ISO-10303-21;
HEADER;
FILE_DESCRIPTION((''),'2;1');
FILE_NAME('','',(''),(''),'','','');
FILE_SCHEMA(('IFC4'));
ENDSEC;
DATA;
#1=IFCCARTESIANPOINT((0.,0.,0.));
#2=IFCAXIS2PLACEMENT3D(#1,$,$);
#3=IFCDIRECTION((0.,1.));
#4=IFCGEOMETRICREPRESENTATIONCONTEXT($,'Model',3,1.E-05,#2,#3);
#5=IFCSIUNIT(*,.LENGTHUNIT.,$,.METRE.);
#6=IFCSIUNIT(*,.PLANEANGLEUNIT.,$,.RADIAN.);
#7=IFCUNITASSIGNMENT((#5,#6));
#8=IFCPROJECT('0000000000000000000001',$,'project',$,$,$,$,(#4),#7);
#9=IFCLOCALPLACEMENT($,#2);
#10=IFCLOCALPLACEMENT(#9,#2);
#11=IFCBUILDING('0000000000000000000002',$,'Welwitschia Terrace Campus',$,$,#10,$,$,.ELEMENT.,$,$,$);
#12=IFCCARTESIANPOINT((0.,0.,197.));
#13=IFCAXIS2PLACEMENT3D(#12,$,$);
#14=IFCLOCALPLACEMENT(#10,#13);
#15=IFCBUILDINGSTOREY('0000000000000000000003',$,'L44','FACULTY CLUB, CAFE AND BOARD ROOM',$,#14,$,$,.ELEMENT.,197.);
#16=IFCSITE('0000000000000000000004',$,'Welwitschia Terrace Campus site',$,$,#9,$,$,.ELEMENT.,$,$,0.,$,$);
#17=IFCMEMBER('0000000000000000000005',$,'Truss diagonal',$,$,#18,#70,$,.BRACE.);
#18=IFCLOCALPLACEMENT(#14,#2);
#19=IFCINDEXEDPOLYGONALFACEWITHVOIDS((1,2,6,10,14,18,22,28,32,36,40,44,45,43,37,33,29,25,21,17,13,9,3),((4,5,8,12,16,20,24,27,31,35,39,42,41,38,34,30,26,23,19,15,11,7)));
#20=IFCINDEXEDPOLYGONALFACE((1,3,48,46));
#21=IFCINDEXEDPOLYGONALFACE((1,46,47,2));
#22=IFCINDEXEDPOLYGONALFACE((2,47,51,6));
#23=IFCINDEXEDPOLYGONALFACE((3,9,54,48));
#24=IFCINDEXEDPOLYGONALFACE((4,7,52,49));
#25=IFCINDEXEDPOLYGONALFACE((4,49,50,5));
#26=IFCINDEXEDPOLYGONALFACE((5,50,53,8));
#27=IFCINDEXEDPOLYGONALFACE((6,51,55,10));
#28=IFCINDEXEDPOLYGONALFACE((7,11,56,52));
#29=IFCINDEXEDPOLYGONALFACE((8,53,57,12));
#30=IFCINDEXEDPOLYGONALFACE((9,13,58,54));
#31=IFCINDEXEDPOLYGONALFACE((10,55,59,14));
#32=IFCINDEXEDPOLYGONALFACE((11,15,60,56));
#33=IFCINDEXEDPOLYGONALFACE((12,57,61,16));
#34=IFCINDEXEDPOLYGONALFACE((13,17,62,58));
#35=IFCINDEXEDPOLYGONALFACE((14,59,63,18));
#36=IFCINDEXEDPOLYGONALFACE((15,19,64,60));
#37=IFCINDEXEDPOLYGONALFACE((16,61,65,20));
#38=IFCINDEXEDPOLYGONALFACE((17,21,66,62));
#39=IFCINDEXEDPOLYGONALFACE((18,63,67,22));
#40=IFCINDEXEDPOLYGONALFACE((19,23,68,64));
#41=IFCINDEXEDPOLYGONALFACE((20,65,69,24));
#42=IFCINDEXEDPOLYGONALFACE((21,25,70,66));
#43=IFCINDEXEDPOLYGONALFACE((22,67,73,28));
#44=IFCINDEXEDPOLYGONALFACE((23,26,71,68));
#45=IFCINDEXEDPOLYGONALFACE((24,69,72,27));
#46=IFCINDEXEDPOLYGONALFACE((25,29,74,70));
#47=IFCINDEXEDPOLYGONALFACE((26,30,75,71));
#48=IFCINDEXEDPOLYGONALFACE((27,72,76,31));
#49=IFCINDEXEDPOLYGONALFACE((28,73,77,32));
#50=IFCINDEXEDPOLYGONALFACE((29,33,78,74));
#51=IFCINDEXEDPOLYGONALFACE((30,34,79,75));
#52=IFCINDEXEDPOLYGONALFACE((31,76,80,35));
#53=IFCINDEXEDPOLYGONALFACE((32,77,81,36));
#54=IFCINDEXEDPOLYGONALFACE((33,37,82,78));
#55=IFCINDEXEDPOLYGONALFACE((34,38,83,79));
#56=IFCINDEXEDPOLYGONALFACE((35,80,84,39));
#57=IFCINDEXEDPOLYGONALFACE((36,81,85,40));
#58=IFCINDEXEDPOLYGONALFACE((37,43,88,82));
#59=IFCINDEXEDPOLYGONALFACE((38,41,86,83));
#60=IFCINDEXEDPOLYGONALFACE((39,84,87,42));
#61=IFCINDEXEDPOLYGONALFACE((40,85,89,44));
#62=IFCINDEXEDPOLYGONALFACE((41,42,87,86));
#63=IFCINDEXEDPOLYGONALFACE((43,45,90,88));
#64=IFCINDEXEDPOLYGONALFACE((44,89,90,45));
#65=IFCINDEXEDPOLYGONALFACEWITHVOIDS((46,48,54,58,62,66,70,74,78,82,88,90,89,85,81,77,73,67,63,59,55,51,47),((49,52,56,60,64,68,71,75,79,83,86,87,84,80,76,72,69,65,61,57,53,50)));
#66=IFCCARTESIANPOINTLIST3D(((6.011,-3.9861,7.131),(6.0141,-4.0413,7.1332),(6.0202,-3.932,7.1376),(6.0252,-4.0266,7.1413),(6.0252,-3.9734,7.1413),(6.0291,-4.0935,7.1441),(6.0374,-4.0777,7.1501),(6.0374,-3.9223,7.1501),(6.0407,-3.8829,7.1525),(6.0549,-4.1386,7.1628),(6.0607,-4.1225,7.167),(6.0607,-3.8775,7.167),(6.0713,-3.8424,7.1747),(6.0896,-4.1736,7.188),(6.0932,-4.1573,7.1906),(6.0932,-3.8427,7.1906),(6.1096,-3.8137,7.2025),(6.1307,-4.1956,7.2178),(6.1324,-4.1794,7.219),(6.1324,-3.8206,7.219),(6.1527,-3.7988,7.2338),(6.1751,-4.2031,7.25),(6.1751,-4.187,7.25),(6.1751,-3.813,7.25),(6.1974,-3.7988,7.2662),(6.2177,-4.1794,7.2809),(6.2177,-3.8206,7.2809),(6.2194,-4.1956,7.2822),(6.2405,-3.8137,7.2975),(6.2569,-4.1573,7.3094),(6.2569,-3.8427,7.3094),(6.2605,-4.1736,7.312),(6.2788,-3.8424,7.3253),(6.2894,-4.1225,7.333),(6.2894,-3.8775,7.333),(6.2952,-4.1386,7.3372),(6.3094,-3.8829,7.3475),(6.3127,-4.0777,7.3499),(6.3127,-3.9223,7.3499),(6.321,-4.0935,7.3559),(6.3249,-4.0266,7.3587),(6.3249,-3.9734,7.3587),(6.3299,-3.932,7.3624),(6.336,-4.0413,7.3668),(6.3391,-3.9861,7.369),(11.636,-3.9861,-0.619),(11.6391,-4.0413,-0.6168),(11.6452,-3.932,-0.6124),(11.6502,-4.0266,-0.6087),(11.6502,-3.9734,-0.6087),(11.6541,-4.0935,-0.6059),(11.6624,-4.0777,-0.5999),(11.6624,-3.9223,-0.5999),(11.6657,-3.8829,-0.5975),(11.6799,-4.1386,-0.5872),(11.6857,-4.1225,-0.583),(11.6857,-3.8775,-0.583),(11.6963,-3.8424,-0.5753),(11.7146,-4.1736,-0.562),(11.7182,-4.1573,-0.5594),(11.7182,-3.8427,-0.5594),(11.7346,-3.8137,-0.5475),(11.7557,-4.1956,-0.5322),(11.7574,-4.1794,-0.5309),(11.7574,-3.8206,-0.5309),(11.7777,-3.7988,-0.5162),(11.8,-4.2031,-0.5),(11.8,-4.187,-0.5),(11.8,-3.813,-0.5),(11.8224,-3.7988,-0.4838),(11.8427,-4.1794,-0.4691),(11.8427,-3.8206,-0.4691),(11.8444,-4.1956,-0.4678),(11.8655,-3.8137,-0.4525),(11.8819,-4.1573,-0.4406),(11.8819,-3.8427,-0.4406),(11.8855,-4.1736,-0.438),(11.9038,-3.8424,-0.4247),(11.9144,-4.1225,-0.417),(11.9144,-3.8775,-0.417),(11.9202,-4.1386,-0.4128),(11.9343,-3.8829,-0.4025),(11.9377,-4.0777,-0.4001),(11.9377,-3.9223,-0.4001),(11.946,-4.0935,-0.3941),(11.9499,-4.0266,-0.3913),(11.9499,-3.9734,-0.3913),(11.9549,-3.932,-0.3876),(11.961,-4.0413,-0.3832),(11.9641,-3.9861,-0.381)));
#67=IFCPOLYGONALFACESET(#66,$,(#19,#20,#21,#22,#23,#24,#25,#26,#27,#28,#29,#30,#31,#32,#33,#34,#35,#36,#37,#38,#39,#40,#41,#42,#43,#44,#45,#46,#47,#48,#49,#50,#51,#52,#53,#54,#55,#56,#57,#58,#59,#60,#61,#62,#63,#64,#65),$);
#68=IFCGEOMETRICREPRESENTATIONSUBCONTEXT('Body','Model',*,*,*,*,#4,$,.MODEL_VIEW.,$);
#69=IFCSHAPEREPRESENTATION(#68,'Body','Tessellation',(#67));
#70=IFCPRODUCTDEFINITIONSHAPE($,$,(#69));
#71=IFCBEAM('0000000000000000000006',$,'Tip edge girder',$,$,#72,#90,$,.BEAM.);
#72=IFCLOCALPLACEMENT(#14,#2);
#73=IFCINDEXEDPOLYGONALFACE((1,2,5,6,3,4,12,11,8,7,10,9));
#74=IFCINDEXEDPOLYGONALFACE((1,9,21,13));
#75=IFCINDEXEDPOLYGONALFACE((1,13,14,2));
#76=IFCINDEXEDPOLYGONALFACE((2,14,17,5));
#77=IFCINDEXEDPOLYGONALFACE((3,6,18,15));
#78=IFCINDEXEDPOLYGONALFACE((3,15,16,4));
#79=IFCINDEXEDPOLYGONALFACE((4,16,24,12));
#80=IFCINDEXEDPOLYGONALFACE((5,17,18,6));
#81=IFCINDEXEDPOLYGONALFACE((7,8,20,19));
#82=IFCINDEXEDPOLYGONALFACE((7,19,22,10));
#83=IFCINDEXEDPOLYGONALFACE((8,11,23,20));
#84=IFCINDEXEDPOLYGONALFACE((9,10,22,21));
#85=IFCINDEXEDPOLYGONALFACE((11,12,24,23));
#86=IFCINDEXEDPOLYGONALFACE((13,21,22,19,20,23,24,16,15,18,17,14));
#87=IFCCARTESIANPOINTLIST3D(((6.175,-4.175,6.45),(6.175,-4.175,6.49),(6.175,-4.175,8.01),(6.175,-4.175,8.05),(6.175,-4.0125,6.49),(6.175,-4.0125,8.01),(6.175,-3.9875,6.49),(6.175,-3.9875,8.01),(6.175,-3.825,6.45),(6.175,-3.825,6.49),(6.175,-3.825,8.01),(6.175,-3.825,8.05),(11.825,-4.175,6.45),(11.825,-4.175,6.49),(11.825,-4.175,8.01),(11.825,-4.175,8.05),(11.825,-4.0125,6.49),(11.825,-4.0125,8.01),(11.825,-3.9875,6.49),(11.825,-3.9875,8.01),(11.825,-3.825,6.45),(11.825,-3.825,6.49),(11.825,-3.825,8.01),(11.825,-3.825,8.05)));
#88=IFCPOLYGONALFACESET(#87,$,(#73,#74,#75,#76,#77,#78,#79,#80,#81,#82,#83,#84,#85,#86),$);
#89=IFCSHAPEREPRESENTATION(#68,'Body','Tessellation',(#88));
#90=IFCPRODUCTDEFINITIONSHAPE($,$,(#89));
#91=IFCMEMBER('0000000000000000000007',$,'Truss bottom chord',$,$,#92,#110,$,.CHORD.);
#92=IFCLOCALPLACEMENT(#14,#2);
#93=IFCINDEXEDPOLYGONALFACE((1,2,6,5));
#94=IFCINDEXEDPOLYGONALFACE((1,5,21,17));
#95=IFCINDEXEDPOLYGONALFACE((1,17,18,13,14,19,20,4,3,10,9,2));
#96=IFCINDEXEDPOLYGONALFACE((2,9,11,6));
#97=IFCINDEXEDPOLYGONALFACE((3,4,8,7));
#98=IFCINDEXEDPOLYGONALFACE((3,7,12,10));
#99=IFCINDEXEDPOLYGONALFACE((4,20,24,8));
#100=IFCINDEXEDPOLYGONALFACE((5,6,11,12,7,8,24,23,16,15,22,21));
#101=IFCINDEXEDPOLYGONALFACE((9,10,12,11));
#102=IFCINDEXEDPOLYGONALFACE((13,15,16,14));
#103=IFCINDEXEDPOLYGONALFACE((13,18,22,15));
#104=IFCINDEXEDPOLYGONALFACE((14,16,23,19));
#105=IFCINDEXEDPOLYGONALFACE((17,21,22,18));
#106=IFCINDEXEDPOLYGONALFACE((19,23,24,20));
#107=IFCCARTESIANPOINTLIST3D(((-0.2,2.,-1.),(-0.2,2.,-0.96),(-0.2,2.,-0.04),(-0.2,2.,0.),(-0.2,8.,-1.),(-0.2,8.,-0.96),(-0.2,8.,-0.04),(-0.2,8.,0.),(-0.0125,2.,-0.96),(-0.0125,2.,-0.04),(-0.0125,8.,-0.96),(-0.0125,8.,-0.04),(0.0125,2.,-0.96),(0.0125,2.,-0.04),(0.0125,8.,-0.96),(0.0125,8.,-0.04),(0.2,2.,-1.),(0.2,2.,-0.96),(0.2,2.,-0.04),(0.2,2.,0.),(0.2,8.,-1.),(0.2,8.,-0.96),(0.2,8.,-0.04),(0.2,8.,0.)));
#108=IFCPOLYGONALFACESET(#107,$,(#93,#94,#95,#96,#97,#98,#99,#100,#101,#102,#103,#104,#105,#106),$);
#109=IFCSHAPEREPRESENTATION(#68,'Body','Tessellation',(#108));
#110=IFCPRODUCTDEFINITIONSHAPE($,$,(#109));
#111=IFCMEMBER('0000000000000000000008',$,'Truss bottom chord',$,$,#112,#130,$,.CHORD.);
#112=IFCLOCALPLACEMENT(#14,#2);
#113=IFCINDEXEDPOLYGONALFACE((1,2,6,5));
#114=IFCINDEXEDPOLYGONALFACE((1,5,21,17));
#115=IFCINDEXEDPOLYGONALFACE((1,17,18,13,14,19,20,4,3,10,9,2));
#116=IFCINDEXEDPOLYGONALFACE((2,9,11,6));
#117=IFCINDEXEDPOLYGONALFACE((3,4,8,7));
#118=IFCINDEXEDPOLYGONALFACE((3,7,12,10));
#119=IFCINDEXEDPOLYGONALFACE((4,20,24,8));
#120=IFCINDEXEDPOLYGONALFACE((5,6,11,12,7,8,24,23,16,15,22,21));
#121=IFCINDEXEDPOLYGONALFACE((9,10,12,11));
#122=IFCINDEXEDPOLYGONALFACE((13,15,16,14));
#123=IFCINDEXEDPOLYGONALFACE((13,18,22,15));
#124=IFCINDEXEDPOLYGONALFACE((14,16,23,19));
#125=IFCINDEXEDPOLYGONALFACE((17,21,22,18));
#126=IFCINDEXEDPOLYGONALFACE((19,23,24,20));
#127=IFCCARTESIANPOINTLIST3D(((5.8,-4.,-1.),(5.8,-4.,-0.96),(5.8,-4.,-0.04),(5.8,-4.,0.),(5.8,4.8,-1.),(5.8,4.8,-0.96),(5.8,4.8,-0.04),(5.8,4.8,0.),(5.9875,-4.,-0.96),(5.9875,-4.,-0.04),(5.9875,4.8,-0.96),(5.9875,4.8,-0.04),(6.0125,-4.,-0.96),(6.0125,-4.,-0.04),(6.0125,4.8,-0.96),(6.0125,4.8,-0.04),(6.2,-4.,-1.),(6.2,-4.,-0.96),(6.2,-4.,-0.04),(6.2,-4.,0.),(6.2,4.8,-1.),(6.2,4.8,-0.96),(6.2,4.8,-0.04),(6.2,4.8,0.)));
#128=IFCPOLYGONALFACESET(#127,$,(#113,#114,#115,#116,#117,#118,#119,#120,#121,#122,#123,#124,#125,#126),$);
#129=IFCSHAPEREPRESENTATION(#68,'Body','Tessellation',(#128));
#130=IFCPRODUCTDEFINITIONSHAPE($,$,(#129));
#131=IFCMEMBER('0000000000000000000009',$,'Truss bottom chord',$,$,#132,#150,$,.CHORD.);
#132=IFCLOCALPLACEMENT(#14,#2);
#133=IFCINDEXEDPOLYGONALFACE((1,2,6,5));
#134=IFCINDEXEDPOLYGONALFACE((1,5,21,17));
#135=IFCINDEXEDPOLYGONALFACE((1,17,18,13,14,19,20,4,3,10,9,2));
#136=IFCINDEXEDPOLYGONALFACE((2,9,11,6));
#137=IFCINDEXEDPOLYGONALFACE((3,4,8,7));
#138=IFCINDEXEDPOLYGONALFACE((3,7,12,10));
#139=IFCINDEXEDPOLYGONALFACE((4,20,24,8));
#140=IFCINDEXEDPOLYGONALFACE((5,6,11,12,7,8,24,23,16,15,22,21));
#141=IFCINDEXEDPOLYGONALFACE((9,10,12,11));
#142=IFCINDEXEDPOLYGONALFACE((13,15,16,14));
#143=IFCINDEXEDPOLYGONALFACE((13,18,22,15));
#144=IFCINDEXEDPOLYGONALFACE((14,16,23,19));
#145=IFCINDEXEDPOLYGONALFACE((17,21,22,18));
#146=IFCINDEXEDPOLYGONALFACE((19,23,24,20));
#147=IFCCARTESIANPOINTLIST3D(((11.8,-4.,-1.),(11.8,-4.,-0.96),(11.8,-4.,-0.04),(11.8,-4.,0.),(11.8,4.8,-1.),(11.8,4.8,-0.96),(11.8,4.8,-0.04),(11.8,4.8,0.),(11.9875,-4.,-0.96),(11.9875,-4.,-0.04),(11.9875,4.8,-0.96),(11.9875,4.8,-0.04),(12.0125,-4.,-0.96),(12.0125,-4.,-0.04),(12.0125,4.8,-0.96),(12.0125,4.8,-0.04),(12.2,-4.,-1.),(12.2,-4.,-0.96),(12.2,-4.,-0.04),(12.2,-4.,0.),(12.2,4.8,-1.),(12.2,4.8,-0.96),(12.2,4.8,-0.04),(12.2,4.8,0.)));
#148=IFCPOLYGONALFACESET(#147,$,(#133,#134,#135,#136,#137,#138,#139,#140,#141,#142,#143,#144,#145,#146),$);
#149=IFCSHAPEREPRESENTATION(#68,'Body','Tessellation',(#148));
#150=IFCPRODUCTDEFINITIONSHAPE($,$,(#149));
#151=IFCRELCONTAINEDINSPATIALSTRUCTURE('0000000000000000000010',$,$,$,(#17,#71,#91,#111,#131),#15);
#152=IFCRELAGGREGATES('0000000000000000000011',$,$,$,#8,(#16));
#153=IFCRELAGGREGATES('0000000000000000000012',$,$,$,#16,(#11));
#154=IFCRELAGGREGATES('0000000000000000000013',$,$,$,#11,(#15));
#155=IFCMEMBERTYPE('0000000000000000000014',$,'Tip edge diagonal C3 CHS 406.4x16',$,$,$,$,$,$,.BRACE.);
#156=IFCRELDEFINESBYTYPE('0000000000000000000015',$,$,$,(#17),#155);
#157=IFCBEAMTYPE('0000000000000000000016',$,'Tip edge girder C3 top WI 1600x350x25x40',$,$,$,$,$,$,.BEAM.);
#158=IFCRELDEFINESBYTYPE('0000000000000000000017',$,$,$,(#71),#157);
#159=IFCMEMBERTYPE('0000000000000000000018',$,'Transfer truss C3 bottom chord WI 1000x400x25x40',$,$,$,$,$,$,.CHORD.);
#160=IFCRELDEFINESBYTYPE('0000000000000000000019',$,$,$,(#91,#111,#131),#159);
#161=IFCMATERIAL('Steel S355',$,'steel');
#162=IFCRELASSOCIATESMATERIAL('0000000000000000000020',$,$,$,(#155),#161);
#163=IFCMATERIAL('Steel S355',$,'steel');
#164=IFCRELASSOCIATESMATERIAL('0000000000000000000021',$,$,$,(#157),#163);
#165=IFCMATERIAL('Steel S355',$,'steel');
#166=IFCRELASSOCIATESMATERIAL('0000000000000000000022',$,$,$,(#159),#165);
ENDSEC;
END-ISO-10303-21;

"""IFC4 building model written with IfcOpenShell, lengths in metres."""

from ifc_helpers import new_model, si_unit, direction, frame, origin, origin_2d, place, context, subcontext, project, spatial, hollow_circle, i_section, extrude, material, material_profile, profile_set, type_object, element, save


model = new_model("IFC4")

# Units and contexts
model_context = context("Model", 3, precision=1e-05, world=origin(), true_north=direction((0.0, 1.0)))
body_context = subcontext(model_context, "Body", "Model", "MODEL_VIEW")
ifc_project = project(units=[si_unit("LENGTHUNIT", "METRE"), si_unit("PLANEANGLEUNIT", "RADIAN")], contexts=[model_context])

# Site, building, storey
site_placement = place(None, origin())
site = spatial("IfcSite", under=ifc_project, at=site_placement, Name="Welwitschia Terrace Campus site", CompositionType="ELEMENT", RefElevation=0.0)
building_placement = place(site_placement, origin())
building = spatial("IfcBuilding", under=site, at=building_placement, Name="Welwitschia Terrace Campus", CompositionType="ELEMENT")
storey_placement = place(building_placement, frame((0.0, 0.0, 197.0)))
storey = spatial("IfcBuildingStorey", under=building, at=storey_placement, Name="L44", Description="FACULTY CLUB, CAFE AND BOARD ROOM", CompositionType="ELEMENT", Elevation=197.0)

# Member
ifc_material_1 = material(Name="Steel S355", Category="steel")
ifc_material_profile_1 = material_profile(ifc_material_1, hollow_circle(Radius=0.2031, WallThickness=0.0161, at=origin_2d()))
ifc_profile_set_1 = profile_set([ifc_material_profile_1], Name="Steel S355")
member_type_1 = type_object("IfcMemberType", Name="Tip edge diagonal C3 CHS 406.4x16", PredefinedType="BRACE", material=ifc_profile_set_1)
member_1_placement = place(storey_placement, frame((11.8, -4.0, -0.5), z_axis=(-0.587395, 0.0, 0.8093), x_axis=(0.0, -1.0, 0.0)))
element("IfcMember", 1, at=member_1_placement, inside=storey, type_object=member_type_1, Name="Truss diagonal", PredefinedType="BRACE", context=body_context, shape_type="SweptSolid", body=[
    extrude(hollow_circle(Radius=0.2031, WallThickness=0.0161, at=origin_2d()), origin(), (0.0, 0.0, 1.0), 9.5762),
])

# Beam
ifc_material_2 = material(Name="Steel S355", Category="steel")
ifc_material_profile_2 = material_profile(ifc_material_2, i_section(OverallWidth=0.3501, OverallDepth=1.6001, WebThickness=0.0249, FlangeThickness=0.04, at=origin_2d()))
ifc_profile_set_2 = profile_set([ifc_material_profile_2], Name="Steel S355")
beam_type = type_object("IfcBeamType", Name="Tip edge girder C3 top WI 1600x350x25x40", PredefinedType="BEAM", material=ifc_profile_set_2)
beam_placement = place(storey_placement, frame((6.175, -4.0, 7.25), z_axis=(1.0, 0.0, 0.0), x_axis=(0.0, 1.0, 0.0)))
element("IfcBeam", 2, at=beam_placement, inside=storey, type_object=beam_type, Name="Tip edge girder", PredefinedType="BEAM", context=body_context, shape_type="SweptSolid", body=[
    extrude(i_section(OverallWidth=0.3501, OverallDepth=1.6001, WebThickness=0.0249, FlangeThickness=0.04, at=origin_2d()), origin(), (0.0, 0.0, 1.0), 5.6499),
])

# Members
ifc_material_3 = material(Name="Steel S355", Category="steel")
ifc_material_profile_3 = material_profile(ifc_material_3, i_section(OverallWidth=0.3999, OverallDepth=1.0, WebThickness=0.0249, FlangeThickness=0.04, at=origin_2d()))
ifc_profile_set_3 = profile_set([ifc_material_profile_3], Name="Steel S355")
member_type_2 = type_object("IfcMemberType", Name="Transfer truss C3 bottom chord WI 1000x400x25x40", PredefinedType="CHORD", material=ifc_profile_set_3)
member_2_placement = place(storey_placement, frame((0.0, 2.0, -0.5), z_axis=(0.0, 1.0, 0.0), x_axis=(-1.0, 0.0, 0.0)))
element("IfcMember", 3, at=member_2_placement, inside=storey, type_object=member_type_2, Name="Truss bottom chord", PredefinedType="CHORD", context=body_context, shape_type="SweptSolid", body=[
    extrude(i_section(OverallWidth=0.3999, OverallDepth=1.0, WebThickness=0.0249, FlangeThickness=0.04, at=origin_2d()), origin(), (0.0, 0.0, 1.0), 6.0),
])
for number, where, z_axis, x_axis, name in (
    (4, (6.0, -4.0, -0.5), (0.0, 1.0, 0.0), (-1.0, 0.0, 0.0), "Truss bottom chord"),
    (5, (12.0, -4.0, -0.5), (0.0, 1.0, 0.0), (-1.0, 0.0, 0.0), "Truss bottom chord"),
):
    element("IfcMember", number, at=place(storey_placement, frame(where, z_axis=z_axis, x_axis=x_axis)), inside=storey, type_object=member_type_2, Name=name, PredefinedType="CHORD", context=body_context, shape_type="SweptSolid", body=[
        extrude(i_section(OverallWidth=0.3999, OverallDepth=1.0, WebThickness=0.0249, FlangeThickness=0.04, at=origin_2d()), origin(), (0.0, 0.0, 1.0), 8.8),
    ])

save(model, "model.ifc")
